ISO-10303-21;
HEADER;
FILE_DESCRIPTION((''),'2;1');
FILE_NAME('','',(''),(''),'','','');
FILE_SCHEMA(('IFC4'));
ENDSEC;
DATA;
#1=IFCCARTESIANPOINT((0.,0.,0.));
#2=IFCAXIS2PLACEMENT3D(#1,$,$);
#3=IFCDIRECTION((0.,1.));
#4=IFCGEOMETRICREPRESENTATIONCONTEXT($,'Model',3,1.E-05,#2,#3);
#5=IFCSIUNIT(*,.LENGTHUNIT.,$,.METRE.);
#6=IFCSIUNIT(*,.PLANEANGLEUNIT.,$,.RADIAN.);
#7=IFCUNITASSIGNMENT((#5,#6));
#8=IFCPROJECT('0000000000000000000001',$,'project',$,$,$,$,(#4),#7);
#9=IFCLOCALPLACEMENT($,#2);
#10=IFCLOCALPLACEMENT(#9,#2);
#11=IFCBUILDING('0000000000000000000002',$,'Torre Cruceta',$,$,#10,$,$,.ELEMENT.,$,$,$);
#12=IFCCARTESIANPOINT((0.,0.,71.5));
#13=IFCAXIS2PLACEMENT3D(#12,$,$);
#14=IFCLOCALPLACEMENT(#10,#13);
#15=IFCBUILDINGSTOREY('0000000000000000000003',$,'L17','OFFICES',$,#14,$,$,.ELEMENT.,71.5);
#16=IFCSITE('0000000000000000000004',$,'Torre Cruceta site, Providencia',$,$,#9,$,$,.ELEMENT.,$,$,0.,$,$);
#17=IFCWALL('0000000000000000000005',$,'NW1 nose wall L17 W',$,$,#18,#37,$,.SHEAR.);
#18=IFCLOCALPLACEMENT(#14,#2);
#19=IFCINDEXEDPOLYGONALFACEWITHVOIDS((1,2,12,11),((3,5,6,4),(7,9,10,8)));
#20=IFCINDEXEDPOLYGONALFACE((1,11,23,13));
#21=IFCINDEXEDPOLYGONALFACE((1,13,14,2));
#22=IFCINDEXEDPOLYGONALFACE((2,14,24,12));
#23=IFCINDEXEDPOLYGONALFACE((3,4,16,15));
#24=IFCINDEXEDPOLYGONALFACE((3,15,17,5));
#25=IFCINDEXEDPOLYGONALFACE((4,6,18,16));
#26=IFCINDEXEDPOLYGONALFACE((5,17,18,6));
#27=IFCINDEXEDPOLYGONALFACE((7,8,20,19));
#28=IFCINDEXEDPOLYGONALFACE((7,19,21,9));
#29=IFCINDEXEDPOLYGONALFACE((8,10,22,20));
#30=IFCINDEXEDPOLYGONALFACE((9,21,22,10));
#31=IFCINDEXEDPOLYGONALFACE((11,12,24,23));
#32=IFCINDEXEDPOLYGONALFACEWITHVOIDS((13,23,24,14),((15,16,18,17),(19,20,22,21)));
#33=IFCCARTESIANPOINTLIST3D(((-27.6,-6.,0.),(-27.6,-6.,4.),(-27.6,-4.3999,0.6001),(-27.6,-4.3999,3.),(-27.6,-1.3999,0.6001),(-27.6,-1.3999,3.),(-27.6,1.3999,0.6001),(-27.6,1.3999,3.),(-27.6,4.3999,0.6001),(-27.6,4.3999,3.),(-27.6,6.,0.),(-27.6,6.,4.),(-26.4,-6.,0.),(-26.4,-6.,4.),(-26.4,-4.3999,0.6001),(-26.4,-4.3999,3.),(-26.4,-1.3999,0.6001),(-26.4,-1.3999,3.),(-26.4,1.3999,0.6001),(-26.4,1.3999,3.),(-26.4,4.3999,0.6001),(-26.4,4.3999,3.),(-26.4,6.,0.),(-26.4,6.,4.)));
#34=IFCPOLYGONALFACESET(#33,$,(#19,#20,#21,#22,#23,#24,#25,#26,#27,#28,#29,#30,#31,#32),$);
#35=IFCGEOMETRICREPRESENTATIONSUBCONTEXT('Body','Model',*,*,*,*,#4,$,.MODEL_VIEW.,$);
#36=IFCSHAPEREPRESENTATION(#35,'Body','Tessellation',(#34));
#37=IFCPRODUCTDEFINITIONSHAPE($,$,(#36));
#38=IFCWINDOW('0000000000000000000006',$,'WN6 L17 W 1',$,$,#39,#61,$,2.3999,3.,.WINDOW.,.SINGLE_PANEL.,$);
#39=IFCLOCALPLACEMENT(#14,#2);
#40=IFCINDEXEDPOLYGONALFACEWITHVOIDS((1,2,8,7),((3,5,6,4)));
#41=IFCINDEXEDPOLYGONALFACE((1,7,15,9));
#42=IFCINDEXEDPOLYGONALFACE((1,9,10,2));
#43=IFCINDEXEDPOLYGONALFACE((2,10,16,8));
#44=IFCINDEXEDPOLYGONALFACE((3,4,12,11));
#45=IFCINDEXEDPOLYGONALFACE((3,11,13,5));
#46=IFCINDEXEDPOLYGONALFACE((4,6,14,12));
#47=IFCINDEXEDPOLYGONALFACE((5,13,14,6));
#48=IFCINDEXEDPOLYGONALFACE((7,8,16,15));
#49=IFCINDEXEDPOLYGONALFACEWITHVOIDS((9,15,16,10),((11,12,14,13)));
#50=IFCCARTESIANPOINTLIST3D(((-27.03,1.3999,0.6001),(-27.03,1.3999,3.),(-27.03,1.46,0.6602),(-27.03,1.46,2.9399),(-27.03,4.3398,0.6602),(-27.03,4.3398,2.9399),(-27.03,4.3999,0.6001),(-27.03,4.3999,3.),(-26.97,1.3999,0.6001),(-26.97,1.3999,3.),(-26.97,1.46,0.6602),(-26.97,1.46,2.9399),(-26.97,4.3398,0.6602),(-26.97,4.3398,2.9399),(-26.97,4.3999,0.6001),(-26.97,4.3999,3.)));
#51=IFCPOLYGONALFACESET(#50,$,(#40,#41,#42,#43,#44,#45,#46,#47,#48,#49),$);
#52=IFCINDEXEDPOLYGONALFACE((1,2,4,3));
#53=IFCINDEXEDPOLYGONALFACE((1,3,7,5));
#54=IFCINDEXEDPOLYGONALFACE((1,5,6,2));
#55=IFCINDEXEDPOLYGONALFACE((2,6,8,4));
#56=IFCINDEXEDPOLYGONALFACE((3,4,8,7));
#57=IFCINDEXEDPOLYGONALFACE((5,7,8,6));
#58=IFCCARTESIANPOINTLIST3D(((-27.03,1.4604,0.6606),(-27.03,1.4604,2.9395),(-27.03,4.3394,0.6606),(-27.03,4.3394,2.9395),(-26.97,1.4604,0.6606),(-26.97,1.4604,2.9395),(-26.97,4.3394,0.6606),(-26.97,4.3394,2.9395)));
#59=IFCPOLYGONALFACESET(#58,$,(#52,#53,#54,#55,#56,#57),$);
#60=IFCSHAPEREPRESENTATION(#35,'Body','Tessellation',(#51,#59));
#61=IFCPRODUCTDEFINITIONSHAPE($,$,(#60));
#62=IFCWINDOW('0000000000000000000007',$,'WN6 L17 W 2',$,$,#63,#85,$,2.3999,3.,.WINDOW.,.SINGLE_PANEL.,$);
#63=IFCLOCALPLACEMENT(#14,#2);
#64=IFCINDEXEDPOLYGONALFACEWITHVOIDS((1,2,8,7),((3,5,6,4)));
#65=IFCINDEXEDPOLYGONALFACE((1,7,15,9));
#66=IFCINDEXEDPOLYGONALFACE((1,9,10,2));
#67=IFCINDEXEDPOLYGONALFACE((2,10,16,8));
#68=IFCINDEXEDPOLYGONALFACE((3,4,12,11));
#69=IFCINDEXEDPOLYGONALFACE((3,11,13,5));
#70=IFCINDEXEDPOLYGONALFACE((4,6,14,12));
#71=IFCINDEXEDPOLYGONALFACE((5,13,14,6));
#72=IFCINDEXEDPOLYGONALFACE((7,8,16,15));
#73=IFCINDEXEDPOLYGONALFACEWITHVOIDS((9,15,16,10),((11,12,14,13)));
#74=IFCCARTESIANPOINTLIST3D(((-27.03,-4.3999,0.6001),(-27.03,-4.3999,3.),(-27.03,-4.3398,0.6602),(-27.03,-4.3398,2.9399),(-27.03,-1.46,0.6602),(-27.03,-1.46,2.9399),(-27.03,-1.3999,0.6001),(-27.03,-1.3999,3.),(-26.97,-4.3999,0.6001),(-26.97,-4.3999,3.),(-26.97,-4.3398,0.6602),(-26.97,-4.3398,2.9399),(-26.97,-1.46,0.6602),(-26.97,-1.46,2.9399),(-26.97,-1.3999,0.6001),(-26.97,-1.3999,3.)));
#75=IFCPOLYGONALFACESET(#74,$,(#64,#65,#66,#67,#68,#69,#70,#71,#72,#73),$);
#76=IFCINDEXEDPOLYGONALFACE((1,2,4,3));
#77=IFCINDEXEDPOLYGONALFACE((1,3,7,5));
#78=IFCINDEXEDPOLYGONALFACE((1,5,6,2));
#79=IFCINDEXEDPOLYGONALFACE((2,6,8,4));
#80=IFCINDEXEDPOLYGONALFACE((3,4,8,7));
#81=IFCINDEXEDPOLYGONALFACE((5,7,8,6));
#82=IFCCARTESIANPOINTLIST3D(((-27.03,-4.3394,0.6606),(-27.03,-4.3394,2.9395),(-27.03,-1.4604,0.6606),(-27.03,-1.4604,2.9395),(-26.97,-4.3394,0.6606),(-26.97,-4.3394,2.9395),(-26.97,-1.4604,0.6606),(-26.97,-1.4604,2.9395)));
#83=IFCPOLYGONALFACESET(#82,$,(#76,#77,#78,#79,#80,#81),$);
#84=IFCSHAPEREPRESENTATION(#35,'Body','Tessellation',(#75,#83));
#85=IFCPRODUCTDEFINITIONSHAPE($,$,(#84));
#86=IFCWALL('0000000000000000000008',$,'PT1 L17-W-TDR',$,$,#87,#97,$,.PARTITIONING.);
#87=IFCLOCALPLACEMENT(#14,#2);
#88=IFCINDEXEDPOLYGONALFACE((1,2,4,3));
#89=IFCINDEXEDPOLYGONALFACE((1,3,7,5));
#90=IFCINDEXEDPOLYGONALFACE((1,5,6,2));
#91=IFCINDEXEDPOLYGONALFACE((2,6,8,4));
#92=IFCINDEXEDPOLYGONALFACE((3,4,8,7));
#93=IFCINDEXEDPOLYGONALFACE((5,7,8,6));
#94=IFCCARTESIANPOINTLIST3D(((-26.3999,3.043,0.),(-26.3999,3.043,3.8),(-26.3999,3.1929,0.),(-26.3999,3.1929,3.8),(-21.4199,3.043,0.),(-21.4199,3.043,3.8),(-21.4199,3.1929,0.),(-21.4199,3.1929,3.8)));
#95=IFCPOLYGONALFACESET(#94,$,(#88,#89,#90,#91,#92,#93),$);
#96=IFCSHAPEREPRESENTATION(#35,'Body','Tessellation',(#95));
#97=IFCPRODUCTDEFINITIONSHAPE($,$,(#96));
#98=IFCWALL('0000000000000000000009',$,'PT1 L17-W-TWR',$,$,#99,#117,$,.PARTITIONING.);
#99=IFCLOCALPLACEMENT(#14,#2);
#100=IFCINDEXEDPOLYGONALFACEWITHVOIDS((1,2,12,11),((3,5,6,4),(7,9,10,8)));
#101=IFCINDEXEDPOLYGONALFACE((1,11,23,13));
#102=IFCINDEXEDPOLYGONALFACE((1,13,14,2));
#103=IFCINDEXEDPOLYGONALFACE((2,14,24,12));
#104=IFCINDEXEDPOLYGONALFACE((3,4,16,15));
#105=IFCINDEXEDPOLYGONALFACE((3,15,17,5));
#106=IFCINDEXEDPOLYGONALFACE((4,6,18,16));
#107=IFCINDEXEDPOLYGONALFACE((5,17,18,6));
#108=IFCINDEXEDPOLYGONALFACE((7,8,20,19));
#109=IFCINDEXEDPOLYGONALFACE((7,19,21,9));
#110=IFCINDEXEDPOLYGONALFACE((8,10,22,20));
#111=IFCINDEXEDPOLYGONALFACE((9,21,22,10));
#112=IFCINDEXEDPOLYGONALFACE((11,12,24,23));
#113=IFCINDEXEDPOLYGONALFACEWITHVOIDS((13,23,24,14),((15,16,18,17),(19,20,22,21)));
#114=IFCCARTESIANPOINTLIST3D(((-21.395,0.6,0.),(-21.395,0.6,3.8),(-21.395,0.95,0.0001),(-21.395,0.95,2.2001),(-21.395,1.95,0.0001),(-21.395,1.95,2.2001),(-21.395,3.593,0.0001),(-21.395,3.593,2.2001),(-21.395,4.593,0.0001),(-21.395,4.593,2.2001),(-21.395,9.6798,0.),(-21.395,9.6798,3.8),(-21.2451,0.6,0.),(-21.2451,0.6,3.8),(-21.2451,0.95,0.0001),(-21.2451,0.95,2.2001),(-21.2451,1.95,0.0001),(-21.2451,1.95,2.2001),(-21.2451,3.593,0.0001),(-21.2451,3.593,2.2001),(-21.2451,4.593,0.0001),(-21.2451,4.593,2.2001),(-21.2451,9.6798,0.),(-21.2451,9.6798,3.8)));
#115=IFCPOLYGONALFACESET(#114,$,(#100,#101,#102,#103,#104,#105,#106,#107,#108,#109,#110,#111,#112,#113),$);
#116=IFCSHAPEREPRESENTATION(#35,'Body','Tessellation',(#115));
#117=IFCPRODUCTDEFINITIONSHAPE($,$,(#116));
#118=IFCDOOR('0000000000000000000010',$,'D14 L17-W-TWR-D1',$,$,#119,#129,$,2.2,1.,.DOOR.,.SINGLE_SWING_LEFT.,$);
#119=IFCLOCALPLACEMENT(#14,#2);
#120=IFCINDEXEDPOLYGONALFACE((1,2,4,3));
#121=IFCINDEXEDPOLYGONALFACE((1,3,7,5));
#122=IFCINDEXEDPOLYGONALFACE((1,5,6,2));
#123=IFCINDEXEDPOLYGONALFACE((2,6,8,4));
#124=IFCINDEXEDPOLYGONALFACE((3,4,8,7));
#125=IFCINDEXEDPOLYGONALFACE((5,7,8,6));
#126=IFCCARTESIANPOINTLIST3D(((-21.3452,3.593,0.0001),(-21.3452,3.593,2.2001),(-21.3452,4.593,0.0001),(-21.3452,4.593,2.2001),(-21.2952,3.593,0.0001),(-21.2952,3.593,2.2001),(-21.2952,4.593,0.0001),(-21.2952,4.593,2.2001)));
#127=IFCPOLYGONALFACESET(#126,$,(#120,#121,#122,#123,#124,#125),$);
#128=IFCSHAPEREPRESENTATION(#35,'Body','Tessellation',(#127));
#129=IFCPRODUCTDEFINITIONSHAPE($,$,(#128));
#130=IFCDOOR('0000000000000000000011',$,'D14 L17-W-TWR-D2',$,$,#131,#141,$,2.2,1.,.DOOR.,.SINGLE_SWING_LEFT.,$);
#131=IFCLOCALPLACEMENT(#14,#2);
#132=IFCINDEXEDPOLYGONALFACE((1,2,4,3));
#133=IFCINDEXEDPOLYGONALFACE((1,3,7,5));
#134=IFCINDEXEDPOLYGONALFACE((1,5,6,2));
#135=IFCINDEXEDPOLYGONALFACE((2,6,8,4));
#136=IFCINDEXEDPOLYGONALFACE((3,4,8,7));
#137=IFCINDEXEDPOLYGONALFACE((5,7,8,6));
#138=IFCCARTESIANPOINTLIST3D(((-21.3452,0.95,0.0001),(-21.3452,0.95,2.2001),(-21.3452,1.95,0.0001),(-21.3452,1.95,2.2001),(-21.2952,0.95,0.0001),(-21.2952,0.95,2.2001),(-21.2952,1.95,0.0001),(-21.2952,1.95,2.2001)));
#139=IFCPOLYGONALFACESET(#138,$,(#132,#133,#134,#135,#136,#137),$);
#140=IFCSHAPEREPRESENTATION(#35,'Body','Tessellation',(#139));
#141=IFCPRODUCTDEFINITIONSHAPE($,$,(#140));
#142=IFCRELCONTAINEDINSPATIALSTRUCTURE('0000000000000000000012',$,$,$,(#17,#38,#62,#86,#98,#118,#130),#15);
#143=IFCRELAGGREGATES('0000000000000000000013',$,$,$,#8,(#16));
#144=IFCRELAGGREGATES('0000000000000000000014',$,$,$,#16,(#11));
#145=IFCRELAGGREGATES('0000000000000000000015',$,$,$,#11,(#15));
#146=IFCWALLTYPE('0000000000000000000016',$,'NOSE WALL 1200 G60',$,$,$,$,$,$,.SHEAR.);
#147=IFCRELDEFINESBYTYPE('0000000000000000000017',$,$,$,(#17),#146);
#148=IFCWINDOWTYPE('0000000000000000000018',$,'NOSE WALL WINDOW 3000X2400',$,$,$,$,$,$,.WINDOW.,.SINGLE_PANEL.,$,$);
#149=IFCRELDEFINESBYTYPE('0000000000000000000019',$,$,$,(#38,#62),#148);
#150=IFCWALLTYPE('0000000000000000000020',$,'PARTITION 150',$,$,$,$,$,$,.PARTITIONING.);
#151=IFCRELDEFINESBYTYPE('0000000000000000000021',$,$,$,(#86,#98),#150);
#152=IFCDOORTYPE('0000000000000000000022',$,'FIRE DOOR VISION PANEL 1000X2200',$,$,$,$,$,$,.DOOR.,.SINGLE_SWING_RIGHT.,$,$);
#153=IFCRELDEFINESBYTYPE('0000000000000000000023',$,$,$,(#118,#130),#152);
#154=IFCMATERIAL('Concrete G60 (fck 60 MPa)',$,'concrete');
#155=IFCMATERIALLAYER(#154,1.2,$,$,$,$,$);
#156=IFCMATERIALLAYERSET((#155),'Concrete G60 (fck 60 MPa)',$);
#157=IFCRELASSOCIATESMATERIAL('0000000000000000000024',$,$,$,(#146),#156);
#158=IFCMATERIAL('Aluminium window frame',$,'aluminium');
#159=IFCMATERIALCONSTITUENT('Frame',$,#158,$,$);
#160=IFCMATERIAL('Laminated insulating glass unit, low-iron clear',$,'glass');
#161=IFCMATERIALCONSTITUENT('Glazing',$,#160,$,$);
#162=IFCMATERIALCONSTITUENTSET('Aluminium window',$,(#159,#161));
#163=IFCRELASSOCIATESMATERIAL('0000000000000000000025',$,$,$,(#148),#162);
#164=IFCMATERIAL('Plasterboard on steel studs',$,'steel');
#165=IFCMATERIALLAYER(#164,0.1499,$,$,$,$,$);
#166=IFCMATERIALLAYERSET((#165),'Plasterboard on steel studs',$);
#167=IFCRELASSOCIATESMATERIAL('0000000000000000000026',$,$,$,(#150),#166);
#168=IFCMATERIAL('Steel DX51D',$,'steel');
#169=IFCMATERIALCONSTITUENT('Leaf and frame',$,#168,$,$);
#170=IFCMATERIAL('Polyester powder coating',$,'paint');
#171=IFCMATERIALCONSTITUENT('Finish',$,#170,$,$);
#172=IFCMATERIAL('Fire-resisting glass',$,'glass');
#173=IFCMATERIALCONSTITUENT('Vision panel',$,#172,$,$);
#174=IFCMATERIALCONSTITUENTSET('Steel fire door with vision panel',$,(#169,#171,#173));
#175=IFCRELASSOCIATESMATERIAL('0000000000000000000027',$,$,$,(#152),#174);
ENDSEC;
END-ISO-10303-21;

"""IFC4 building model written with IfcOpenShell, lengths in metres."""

from ifc_helpers import new_model, si_unit, direction, frame, frame_2d, origin, place, context, subcontext, project, spatial, rectangle, hollow_rectangle, extrude, material, layer, layer_set, constituent, constituent_set, type_object, element, fill, save


model = new_model("IFC4")

# Units and contexts
model_context = context("Model", 3, precision=1e-05, world=origin(), true_north=direction((0.0, 1.0)))
body_context = subcontext(model_context, "Body", "Model", "MODEL_VIEW")
ifc_project = project(units=[si_unit("LENGTHUNIT", "METRE"), si_unit("PLANEANGLEUNIT", "RADIAN")], contexts=[model_context])

# Site, building, storey
site_placement = place(None, origin())
site = spatial("IfcSite", under=ifc_project, at=site_placement, Name="Torre Cruceta site, Providencia", CompositionType="ELEMENT", RefElevation=0.0)
building_placement = place(site_placement, origin())
building = spatial("IfcBuilding", under=site, at=building_placement, Name="Torre Cruceta", CompositionType="ELEMENT")
storey_placement = place(building_placement, frame((0.0, 0.0, 71.5)))
storey = spatial("IfcBuildingStorey", under=building, at=storey_placement, Name="L17", Description="OFFICES", CompositionType="ELEMENT", Elevation=71.5)

# Wall, openings, windows
ifc_material_1 = material(Name="Concrete G60 (fck 60 MPa)", Category="concrete")
ifc_layer_1 = layer(ifc_material_1, 1.2)
ifc_layer_set_1 = layer_set([ifc_layer_1], Name="Concrete G60 (fck 60 MPa)")
wall_type_1 = type_object("IfcWallType", Name="NOSE WALL 1200 G60", PredefinedType="SHEAR", material=ifc_layer_set_1)
wall_1_placement = place(storey_placement, frame((-27.0, 6.0, 0.0), z_axis=(0.0, 0.0, 1.0), x_axis=(0.0, -1.0, 0.0)))
wall_1 = element("IfcWall", 1, at=wall_1_placement, inside=storey, type_object=wall_type_1, Name="NW1 nose wall L17 W", PredefinedType="SHEAR", context=body_context, shape_type="SweptSolid", body=[
    extrude(rectangle(XDim=12.0, YDim=1.2, at=frame_2d((6.0, 0.0))), origin(), (0.0, 0.0, 1.0), 4.0),
])
opening_1_placement = place(wall_1_placement, frame((1.6001, 0.0, 0.6001)))
opening_1 = element("IfcOpeningElement", 2, at=opening_1_placement, cuts=wall_1, PredefinedType="OPENING", context=body_context, shape_type="SweptSolid", body=[
    extrude(rectangle(XDim=3.0, YDim=2.3999, at=frame_2d((1.5, 1.2))), frame((0.0, 0.6099, 0.0), z_axis=(0.0, -1.0, 0.0), x_axis=(1.0, 0.0, 0.0)), (0.0, 0.0, 1.0), 1.22),
])
opening_2_placement = place(wall_1_placement, frame((7.3999, 0.0, 0.6001)))
opening_2 = element("IfcOpeningElement", 3, at=opening_2_placement, cuts=wall_1, PredefinedType="OPENING", context=body_context, shape_type="SweptSolid", body=[
    extrude(rectangle(XDim=3.0, YDim=2.3999, at=frame_2d((1.5, 1.2))), frame((0.0, 0.6099, 0.0), z_axis=(0.0, -1.0, 0.0), x_axis=(1.0, 0.0, 0.0)), (0.0, 0.0, 1.0), 1.22),
])
ifc_material_2 = material(Name="Aluminium window frame", Category="aluminium")
ifc_constituent_1 = constituent(ifc_material_2, Name="Frame")
ifc_material_3 = material(Name="Laminated insulating glass unit, low-iron clear", Category="glass")
ifc_constituent_2 = constituent(ifc_material_3, Name="Glazing")
ifc_constituent_set_1 = constituent_set(constituents=[ifc_constituent_1, ifc_constituent_2], Name="Aluminium window")
window_type_1 = type_object("IfcWindowType", Name="NOSE WALL WINDOW 3000X2400", PartitioningType="SINGLE_PANEL", PredefinedType="WINDOW", material=ifc_constituent_set_1)
window_1_placement = place(opening_1_placement, origin())
window_1 = element("IfcWindow", 4, at=window_1_placement, inside=storey, type_object=window_type_1, Name="WN6 L17 W 1", OverallHeight=2.3999, OverallWidth=3.0, PartitioningType="SINGLE_PANEL", PredefinedType="WINDOW", context=body_context, shape_type="SweptSolid", body=[
    extrude(hollow_rectangle(XDim=3.0, YDim=2.3999, WallThickness=0.0601, at=frame_2d((1.5, 1.2))), frame((0.0, 0.03, 0.0), z_axis=(0.0, -1.0, 0.0), x_axis=(1.0, 0.0, 0.0)), (0.0, 0.0, 1.0), 0.0601),
    extrude(rectangle(XDim=2.8789, YDim=2.2788, at=frame_2d((1.5, 1.2))), frame((0.0, 0.03, 0.0), z_axis=(0.0, -1.0, 0.0), x_axis=(1.0, 0.0, 0.0)), (0.0, 0.0, 1.0), 0.0601),
])
fill(opening_1, window_1)
window_2_placement = place(opening_2_placement, origin())
window_2 = element("IfcWindow", 5, at=window_2_placement, inside=storey, type_object=window_type_1, Name="WN6 L17 W 2", OverallHeight=2.3999, OverallWidth=3.0, PartitioningType="SINGLE_PANEL", PredefinedType="WINDOW", context=body_context, shape_type="SweptSolid", body=[
    extrude(hollow_rectangle(XDim=3.0, YDim=2.3999, WallThickness=0.0601, at=frame_2d((1.5, 1.2))), frame((0.0, 0.03, 0.0), z_axis=(0.0, -1.0, 0.0), x_axis=(1.0, 0.0, 0.0)), (0.0, 0.0, 1.0), 0.0601),
    extrude(rectangle(XDim=2.8789, YDim=2.2788, at=frame_2d((1.5, 1.2))), frame((0.0, 0.03, 0.0), z_axis=(0.0, -1.0, 0.0), x_axis=(1.0, 0.0, 0.0)), (0.0, 0.0, 1.0), 0.0601),
])
fill(opening_2, window_2)

# Wall
ifc_material_4 = material(Name="Plasterboard on steel studs", Category="steel")
ifc_layer_2 = layer(ifc_material_4, 0.1499)
ifc_layer_set_2 = layer_set([ifc_layer_2], Name="Plasterboard on steel studs")
wall_type_2 = type_object("IfcWallType", Name="PARTITION 150", PredefinedType="PARTITIONING", material=ifc_layer_set_2)
wall_2_placement = place(storey_placement, frame((-21.4199, 3.1179, 0.0), z_axis=(0.0, 0.0, 1.0), x_axis=(-1.0, 0.0, 0.0)))
element("IfcWall", 6, at=wall_2_placement, inside=storey, type_object=wall_type_2, Name="PT1 L17-W-TDR", PredefinedType="PARTITIONING", context=body_context, shape_type="SweptSolid", body=[
    extrude(rectangle(XDim=4.98, YDim=0.1499, at=frame_2d((2.49, 0.0))), origin(), (0.0, 0.0, 1.0), 3.8),
])

# Wall, openings, doors
wall_3_placement = place(storey_placement, frame((-21.3201, 9.6799, 0.0), z_axis=(0.0, 0.0, 1.0), x_axis=(0.0, -1.0, 0.0)))
wall_3 = element("IfcWall", 7, at=wall_3_placement, inside=storey, type_object=wall_type_2, Name="PT1 L17-W-TWR", PredefinedType="PARTITIONING", context=body_context, shape_type="SweptSolid", body=[
    extrude(rectangle(XDim=9.0798, YDim=0.1499, at=frame_2d((4.54, 0.0))), origin(), (0.0, 0.0, 1.0), 3.8),
])
opening_3_placement = place(wall_3_placement, frame((5.0869, 0.0, 0.0)))
opening_3 = element("IfcOpeningElement", 8, at=opening_3_placement, cuts=wall_3, PredefinedType="OPENING", context=body_context, shape_type="SweptSolid", body=[
    extrude(rectangle(XDim=1.0, YDim=2.2, at=frame_2d((0.5, 1.1001))), frame((0.0, 0.085, 0.0), z_axis=(0.0, -1.0, 0.0), x_axis=(1.0, 0.0, 0.0)), (0.0, 0.0, 1.0), 0.1699),
])
opening_4_placement = place(wall_3_placement, frame((7.73, 0.0, 0.0)))
opening_4 = element("IfcOpeningElement", 9, at=opening_4_placement, cuts=wall_3, PredefinedType="OPENING", context=body_context, shape_type="SweptSolid", body=[
    extrude(rectangle(XDim=1.0, YDim=2.2, at=frame_2d((0.5, 1.1001))), frame((0.0, 0.085, 0.0), z_axis=(0.0, -1.0, 0.0), x_axis=(1.0, 0.0, 0.0)), (0.0, 0.0, 1.0), 0.1699),
])
ifc_material_5 = material(Name="Steel DX51D", Category="steel")
ifc_constituent_3 = constituent(ifc_material_5, Name="Leaf and frame")
ifc_material_6 = material(Name="Polyester powder coating", Category="paint")
ifc_constituent_4 = constituent(ifc_material_6, Name="Finish")
ifc_material_7 = material(Name="Fire-resisting glass", Category="glass")
ifc_constituent_5 = constituent(ifc_material_7, Name="Vision panel")
ifc_constituent_set_2 = constituent_set(constituents=[ifc_constituent_3, ifc_constituent_4, ifc_constituent_5], Name="Steel fire door with vision panel")
door_type = type_object("IfcDoorType", Name="FIRE DOOR VISION PANEL 1000X2200", OperationType="SINGLE_SWING_RIGHT", PredefinedType="DOOR", material=ifc_constituent_set_2)
door_1_placement = place(opening_3_placement, frame((1.0, 0.0, 0.0), z_axis=(0.0, 0.0, 1.0), x_axis=(-1.0, 0.0, 0.0)))
door_1 = element("IfcDoor", 10, at=door_1_placement, inside=storey, type_object=door_type, Name="D14 L17-W-TWR-D1", OperationType="SINGLE_SWING_LEFT", OverallHeight=2.2, OverallWidth=1.0, PredefinedType="DOOR", context=body_context, shape_type="SweptSolid", body=[
    extrude(rectangle(XDim=1.0, YDim=2.2, at=frame_2d((0.5, 1.1001))), frame((0.0, 0.0251, 0.0), z_axis=(0.0, -1.0, 0.0), x_axis=(1.0, 0.0, 0.0)), (0.0, 0.0, 1.0), 0.05),
])
fill(opening_3, door_1)
door_2_placement = place(opening_4_placement, frame((1.0, 0.0, 0.0), z_axis=(0.0, 0.0, 1.0), x_axis=(-1.0, 0.0, 0.0)))
door_2 = element("IfcDoor", 11, at=door_2_placement, inside=storey, type_object=door_type, Name="D14 L17-W-TWR-D2", OperationType="SINGLE_SWING_LEFT", OverallHeight=2.2, OverallWidth=1.0, PredefinedType="DOOR", context=body_context, shape_type="SweptSolid", body=[
    extrude(rectangle(XDim=1.0, YDim=2.2, at=frame_2d((0.5, 1.1001))), frame((0.0, 0.0251, 0.0), z_axis=(0.0, -1.0, 0.0), x_axis=(1.0, 0.0, 0.0)), (0.0, 0.0, 1.0), 0.05),
])
fill(opening_4, door_2)

save(model, "model.ifc")
